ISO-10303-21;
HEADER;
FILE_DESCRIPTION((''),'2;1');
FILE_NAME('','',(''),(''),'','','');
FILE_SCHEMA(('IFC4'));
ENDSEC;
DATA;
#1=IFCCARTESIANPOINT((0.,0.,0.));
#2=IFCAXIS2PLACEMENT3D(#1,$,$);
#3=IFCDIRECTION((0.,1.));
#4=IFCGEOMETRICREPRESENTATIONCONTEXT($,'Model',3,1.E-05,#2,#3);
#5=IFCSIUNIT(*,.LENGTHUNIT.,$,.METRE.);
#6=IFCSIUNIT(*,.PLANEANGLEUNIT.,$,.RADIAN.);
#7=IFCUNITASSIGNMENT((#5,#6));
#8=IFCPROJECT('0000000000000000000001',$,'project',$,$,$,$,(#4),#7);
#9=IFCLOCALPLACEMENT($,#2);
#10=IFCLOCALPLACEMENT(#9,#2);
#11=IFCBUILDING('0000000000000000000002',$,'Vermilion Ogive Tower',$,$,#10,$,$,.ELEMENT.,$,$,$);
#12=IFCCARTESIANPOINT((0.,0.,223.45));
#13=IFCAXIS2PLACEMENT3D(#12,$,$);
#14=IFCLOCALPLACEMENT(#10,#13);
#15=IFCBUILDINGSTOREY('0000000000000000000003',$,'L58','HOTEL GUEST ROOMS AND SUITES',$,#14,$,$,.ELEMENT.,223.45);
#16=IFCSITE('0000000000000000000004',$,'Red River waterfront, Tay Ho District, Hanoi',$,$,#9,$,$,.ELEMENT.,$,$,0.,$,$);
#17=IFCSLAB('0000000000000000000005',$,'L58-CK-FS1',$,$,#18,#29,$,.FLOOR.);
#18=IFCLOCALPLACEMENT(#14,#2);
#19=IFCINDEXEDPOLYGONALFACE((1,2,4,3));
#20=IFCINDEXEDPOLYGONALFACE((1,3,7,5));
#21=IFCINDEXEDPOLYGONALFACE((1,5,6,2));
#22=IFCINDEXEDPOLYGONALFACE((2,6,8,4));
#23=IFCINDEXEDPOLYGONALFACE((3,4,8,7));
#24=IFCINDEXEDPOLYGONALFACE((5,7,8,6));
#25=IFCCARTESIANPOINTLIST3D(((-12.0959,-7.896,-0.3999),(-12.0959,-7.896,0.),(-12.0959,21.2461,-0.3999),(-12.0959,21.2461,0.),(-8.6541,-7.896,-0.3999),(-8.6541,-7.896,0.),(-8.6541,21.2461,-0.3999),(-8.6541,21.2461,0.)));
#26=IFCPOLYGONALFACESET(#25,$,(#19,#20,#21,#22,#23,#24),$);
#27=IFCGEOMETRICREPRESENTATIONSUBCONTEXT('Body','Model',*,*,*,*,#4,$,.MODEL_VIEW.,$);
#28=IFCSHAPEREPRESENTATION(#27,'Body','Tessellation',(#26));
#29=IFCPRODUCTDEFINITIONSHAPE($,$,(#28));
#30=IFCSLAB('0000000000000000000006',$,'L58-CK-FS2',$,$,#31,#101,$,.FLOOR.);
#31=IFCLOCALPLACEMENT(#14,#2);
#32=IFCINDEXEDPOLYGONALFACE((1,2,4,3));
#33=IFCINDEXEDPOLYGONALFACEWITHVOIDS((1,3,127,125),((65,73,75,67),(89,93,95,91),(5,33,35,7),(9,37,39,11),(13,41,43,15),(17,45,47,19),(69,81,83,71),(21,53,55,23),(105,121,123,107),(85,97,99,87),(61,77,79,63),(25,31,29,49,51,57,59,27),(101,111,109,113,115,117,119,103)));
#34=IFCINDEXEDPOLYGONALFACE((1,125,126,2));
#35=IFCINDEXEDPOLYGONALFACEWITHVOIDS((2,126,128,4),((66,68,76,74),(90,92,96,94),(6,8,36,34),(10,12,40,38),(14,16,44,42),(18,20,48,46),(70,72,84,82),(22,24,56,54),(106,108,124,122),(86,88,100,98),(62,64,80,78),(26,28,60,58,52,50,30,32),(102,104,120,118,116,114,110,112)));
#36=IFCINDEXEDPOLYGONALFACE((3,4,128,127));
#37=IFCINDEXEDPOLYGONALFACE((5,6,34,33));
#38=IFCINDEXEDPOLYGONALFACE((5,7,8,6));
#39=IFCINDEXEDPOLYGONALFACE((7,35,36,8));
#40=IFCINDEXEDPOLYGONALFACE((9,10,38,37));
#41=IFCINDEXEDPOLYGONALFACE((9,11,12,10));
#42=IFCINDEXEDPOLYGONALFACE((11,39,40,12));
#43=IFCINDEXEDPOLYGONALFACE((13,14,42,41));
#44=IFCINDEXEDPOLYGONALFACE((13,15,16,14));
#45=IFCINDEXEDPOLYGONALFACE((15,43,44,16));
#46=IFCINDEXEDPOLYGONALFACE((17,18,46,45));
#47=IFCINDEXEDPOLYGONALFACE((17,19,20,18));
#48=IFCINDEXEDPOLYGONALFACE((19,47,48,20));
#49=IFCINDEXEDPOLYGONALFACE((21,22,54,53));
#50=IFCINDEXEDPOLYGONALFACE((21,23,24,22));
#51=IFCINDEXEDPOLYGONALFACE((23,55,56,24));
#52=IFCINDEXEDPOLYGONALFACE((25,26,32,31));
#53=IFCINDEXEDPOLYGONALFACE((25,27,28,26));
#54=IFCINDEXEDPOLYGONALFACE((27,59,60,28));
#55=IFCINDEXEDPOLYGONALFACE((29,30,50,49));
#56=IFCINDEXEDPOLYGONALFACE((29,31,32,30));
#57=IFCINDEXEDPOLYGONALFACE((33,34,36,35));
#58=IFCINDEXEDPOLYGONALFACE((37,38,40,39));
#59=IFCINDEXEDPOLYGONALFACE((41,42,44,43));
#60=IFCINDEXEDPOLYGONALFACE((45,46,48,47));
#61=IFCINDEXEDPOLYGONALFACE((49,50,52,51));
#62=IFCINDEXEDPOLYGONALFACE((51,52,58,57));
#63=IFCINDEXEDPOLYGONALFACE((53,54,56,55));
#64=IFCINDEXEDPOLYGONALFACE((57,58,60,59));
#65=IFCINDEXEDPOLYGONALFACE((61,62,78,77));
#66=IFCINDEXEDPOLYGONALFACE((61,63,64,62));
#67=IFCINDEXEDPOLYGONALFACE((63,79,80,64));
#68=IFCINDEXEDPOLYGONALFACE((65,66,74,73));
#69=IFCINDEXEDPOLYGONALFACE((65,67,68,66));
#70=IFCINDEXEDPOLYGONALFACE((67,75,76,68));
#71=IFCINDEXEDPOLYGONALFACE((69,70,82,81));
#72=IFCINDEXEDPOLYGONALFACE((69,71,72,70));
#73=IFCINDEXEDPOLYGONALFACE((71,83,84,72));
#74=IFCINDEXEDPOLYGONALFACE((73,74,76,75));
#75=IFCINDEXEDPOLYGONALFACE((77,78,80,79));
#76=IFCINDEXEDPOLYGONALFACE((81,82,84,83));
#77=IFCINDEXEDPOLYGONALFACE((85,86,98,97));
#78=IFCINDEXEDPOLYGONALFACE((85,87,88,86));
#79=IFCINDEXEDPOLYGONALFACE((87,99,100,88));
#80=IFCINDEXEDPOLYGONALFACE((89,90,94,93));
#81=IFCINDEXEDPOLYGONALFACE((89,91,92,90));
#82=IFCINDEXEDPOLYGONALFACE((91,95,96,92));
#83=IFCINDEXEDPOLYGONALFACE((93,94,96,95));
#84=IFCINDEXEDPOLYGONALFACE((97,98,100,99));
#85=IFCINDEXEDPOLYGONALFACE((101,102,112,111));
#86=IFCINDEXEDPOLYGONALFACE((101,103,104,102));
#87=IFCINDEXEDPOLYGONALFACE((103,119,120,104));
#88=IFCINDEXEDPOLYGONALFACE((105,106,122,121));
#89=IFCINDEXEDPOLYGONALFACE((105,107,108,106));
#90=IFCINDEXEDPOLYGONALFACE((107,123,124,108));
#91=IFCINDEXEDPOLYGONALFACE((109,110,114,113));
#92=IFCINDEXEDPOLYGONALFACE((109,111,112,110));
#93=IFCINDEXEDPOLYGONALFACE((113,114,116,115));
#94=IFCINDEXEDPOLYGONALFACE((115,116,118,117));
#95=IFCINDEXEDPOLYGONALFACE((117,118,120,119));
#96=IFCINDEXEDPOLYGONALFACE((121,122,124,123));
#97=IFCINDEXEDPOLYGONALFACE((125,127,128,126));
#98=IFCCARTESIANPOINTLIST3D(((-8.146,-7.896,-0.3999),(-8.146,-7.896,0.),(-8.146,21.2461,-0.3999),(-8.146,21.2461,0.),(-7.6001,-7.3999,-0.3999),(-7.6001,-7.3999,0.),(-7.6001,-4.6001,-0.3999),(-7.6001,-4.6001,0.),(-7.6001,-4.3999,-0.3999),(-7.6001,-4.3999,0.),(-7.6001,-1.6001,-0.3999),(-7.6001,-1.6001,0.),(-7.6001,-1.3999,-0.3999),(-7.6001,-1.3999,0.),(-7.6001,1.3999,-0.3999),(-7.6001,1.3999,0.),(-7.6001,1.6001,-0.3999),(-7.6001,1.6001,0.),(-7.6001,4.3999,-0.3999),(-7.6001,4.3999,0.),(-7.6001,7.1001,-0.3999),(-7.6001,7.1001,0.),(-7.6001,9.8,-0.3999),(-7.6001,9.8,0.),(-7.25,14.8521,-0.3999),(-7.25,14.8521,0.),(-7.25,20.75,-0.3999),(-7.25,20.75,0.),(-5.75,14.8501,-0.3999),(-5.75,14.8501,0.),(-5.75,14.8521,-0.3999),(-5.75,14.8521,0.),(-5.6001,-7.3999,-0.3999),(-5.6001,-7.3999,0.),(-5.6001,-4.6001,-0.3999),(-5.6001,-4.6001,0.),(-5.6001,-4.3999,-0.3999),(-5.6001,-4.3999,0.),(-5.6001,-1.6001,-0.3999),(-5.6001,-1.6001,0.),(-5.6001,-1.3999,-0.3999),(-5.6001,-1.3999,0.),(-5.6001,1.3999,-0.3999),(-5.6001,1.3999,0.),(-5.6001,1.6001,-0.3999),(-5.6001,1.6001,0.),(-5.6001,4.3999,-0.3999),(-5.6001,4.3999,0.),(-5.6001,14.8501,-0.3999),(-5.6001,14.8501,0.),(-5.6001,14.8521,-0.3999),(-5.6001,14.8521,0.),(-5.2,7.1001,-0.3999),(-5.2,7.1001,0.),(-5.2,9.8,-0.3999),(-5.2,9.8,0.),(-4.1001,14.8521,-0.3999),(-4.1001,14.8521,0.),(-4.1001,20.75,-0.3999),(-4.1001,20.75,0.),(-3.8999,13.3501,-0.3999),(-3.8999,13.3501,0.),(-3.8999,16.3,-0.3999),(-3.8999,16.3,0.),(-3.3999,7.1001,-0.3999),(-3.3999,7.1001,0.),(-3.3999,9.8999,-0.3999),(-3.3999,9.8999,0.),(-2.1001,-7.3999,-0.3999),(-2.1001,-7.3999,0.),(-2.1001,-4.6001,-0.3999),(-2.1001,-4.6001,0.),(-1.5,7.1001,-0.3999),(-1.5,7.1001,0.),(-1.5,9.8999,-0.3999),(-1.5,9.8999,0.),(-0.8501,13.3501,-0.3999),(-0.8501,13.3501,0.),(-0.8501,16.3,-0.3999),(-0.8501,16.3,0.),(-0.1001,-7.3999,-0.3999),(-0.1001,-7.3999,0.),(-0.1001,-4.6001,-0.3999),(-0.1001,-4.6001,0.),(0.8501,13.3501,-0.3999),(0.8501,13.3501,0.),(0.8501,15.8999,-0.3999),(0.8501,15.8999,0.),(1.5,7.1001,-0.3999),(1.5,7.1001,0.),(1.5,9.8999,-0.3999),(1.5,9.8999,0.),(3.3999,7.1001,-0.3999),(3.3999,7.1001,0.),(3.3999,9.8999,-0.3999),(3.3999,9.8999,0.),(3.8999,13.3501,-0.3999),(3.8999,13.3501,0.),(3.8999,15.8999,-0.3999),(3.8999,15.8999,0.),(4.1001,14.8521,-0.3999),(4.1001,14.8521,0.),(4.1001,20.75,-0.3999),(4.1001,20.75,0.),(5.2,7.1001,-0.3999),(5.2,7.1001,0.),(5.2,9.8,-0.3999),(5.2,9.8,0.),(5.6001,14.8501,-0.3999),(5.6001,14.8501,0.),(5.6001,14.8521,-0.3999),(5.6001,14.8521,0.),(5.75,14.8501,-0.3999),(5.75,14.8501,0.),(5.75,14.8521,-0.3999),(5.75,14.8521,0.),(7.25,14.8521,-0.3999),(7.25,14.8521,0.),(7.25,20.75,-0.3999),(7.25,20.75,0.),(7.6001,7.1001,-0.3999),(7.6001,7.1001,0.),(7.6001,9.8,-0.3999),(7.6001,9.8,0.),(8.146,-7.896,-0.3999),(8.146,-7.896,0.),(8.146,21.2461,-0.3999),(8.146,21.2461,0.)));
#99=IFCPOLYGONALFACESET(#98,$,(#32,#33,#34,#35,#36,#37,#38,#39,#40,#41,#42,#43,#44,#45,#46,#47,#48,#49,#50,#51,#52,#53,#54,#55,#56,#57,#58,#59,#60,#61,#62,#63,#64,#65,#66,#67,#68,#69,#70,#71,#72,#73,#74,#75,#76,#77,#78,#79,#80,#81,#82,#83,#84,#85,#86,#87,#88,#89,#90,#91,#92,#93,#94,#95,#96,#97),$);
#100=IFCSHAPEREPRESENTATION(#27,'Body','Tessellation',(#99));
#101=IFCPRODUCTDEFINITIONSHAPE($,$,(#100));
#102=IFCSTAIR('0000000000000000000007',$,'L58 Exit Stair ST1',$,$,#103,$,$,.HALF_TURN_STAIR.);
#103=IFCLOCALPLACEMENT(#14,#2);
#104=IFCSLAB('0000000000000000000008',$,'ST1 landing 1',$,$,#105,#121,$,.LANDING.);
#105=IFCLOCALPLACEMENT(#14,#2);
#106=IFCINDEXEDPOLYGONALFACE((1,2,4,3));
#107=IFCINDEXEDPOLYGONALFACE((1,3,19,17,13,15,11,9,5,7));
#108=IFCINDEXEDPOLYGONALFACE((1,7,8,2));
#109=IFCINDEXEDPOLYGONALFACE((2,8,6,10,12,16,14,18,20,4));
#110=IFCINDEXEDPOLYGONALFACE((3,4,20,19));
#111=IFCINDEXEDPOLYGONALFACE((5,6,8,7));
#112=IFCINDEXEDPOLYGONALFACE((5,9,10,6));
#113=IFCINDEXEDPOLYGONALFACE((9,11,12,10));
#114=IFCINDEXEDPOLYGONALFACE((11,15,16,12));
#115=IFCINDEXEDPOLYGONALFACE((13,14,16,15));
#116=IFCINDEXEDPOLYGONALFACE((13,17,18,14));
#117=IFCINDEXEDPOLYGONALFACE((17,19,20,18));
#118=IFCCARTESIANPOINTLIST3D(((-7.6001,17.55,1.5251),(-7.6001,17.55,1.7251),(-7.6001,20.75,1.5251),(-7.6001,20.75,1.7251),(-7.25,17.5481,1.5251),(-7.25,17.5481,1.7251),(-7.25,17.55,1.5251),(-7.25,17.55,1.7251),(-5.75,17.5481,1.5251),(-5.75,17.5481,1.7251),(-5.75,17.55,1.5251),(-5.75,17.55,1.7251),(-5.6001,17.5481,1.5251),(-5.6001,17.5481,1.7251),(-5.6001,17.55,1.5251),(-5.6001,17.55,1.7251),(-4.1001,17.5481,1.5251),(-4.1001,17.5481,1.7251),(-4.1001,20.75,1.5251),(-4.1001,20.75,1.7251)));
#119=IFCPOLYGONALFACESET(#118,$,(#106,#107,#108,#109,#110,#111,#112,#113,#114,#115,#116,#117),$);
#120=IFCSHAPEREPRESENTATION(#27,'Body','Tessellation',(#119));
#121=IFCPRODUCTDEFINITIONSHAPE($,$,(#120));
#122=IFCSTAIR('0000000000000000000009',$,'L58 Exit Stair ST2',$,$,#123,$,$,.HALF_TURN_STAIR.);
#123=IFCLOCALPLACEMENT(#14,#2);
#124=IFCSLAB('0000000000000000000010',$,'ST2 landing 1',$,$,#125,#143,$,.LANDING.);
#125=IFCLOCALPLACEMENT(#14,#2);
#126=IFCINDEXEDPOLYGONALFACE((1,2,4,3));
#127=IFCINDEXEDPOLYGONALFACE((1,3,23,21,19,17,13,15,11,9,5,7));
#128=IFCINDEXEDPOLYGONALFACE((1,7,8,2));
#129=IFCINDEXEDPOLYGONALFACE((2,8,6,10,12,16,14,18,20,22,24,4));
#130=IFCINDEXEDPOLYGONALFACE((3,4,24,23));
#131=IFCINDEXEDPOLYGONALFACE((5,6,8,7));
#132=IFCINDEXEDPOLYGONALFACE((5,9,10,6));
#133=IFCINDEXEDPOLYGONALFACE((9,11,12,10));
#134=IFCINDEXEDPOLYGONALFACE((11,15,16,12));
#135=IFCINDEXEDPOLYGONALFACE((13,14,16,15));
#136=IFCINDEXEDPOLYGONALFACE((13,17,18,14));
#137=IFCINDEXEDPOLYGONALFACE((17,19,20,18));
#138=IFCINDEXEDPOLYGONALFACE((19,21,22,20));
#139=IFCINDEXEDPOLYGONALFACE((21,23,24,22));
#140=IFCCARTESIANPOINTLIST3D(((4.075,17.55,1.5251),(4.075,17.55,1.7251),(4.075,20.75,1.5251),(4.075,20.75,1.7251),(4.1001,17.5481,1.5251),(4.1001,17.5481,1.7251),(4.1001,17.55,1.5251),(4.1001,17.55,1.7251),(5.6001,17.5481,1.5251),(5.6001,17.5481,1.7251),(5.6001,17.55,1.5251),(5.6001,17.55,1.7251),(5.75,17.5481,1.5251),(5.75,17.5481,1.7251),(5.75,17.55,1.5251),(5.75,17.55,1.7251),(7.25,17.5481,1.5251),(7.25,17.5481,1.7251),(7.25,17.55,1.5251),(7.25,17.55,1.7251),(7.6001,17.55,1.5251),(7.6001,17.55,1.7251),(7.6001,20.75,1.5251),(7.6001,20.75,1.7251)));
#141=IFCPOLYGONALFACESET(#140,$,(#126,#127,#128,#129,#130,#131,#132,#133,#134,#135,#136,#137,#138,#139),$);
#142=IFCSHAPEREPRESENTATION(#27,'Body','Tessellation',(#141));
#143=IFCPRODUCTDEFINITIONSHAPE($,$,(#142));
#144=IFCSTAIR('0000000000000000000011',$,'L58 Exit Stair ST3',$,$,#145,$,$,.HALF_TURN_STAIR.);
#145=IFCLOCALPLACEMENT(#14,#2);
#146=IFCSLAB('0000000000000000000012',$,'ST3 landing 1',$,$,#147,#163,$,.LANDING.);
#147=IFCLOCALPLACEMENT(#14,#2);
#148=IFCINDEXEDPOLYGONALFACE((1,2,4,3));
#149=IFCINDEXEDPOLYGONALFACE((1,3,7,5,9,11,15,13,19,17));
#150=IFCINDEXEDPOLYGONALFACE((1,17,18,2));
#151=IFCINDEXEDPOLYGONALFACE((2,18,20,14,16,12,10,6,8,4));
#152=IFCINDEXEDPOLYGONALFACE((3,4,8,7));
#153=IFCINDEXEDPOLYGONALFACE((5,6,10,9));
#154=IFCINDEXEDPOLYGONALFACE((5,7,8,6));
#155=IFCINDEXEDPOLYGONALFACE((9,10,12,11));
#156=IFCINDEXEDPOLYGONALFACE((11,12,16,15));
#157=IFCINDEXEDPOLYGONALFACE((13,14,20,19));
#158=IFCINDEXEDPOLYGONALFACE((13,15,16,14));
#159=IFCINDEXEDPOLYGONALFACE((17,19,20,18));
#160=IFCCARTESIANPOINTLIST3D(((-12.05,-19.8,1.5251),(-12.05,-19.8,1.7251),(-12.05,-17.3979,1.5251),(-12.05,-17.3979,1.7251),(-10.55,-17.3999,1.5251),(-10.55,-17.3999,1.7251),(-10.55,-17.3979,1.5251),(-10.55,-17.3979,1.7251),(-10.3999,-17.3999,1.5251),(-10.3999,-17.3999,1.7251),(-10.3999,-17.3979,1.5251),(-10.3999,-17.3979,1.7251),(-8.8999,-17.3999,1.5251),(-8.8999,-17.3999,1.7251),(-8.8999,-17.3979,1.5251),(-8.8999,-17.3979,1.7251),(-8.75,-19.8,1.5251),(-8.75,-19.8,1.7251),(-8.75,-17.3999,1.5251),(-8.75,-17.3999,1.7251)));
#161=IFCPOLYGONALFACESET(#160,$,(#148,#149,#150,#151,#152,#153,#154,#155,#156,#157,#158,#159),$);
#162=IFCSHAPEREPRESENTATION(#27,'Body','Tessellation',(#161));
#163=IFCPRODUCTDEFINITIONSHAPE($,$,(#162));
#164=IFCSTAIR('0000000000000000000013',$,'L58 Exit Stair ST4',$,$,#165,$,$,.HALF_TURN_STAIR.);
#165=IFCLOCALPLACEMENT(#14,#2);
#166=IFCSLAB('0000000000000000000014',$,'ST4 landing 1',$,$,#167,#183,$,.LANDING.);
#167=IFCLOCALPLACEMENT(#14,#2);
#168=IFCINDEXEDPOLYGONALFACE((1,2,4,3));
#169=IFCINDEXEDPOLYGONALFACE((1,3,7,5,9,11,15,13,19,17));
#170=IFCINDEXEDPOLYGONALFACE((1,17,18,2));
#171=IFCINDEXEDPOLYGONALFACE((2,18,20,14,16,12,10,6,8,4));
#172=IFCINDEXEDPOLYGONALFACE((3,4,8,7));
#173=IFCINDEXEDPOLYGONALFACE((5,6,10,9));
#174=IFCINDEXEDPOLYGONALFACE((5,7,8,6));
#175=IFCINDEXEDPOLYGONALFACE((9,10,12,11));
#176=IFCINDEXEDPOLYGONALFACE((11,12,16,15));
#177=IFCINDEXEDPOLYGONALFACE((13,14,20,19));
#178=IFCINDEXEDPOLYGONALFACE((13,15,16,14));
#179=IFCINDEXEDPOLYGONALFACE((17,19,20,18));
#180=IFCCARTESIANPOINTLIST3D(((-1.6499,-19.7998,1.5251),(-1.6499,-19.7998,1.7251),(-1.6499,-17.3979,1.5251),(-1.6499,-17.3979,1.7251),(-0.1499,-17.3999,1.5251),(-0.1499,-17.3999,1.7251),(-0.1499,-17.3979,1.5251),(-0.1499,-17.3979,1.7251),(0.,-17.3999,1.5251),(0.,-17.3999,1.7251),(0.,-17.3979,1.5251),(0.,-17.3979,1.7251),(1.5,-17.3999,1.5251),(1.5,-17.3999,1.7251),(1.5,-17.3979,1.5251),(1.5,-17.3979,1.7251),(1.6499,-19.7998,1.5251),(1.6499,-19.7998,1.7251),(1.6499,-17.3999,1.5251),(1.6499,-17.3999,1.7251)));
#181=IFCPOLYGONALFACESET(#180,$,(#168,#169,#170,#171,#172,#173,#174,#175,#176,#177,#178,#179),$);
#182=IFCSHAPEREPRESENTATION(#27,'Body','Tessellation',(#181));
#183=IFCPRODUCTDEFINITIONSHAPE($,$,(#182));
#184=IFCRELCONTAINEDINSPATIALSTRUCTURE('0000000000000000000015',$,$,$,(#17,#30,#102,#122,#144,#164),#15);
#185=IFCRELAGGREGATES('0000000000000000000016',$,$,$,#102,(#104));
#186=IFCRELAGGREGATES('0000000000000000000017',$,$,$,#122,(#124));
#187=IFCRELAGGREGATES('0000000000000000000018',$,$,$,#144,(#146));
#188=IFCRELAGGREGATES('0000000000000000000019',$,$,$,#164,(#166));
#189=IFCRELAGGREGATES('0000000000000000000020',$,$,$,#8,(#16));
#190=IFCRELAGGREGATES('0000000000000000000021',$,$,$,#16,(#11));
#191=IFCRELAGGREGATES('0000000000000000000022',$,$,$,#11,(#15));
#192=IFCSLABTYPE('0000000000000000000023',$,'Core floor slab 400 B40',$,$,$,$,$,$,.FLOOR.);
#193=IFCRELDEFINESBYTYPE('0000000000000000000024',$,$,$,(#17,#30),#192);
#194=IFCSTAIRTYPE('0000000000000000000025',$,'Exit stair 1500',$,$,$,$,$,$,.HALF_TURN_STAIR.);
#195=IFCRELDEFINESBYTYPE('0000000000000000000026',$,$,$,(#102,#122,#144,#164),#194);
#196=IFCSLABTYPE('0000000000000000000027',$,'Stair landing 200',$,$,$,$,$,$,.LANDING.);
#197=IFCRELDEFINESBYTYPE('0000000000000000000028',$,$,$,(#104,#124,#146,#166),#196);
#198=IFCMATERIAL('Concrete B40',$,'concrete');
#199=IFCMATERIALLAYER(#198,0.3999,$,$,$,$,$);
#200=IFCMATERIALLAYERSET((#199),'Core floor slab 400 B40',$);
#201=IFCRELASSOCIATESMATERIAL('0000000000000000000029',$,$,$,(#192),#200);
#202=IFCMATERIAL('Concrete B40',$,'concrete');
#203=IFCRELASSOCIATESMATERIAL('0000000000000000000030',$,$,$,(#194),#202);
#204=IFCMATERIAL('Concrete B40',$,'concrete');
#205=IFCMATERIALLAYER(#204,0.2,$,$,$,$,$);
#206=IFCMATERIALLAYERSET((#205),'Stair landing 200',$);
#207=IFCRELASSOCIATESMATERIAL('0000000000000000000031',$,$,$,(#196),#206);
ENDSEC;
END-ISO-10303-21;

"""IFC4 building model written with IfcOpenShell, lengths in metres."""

from ifc_helpers import new_model, si_unit, direction, frame, origin, place, context, subcontext, project, spatial, polyline, outline, extrude, material, layer, layer_set, type_object, element, aggregate, save


model = new_model("IFC4")

# Units and contexts
model_context = context("Model", 3, precision=1e-05, world=origin(), true_north=direction((0.0, 1.0)))
body_context = subcontext(model_context, "Body", "Model", "MODEL_VIEW")
ifc_project = project(units=[si_unit("LENGTHUNIT", "METRE"), si_unit("PLANEANGLEUNIT", "RADIAN")], contexts=[model_context])

# Site, building, storey
site_placement = place(None, origin())
site = spatial("IfcSite", under=ifc_project, at=site_placement, Name="Red River waterfront, Tay Ho District, Hanoi", CompositionType="ELEMENT", RefElevation=0.0)
building_placement = place(site_placement, origin())
building = spatial("IfcBuilding", under=site, at=building_placement, Name="Vermilion Ogive Tower", CompositionType="ELEMENT")
storey_placement = place(building_placement, frame((0.0, 0.0, 223.45)))
storey = spatial("IfcBuildingStorey", under=building, at=storey_placement, Name="L58", Description="HOTEL GUEST ROOMS AND SUITES", CompositionType="ELEMENT", Elevation=223.45)

# Slabs
ifc_material_1 = material(Name="Concrete B40", Category="concrete")
ifc_layer_1 = layer(ifc_material_1, 0.3999)
ifc_layer_set_1 = layer_set([ifc_layer_1], Name="Core floor slab 400 B40")
slab_type_1 = type_object("IfcSlabType", Name="Core floor slab 400 B40", PredefinedType="FLOOR", material=ifc_layer_set_1)
slab_1_placement = place(storey_placement, frame((0.0, 0.0, -0.3999)))
element("IfcSlab", 1, at=slab_1_placement, inside=storey, type_object=slab_type_1, Name="L58-CK-FS1", PredefinedType="FLOOR", context=body_context, shape_type="SweptSolid", body=[
    extrude(outline(polyline([(-8.6541, 21.2461), (-8.6541, -7.896), (-12.0959, -7.896), (-12.0959, 21.2461), (-8.6541, 21.2461)])), origin(), (0.0, 0.0, 1.0), 0.3999),
])
slab_2_placement = place(storey_placement, frame((0.0, 0.0, -0.3999)))
element("IfcSlab", 2, at=slab_2_placement, inside=storey, type_object=slab_type_1, Name="L58-CK-FS2", PredefinedType="FLOOR", context=body_context, shape_type="SweptSolid", body=[
    extrude(outline(polyline([(8.146, 21.2461), (-8.146, 21.2461), (-8.146, -7.896), (8.146, -7.896), (8.146, 21.2461)]), holes=[polyline([(-5.6001, -4.6001), (-5.6001, -7.3999), (-7.6001, -7.3999), (-7.6001, -4.6001), (-5.6001, -4.6001)]), polyline([(-5.6001, -1.6001), (-5.6001, -4.3999), (-7.6001, -4.3999), (-7.6001, -1.6001), (-5.6001, -1.6001)]), polyline([(-5.6001, 1.3999), (-5.6001, -1.3999), (-7.6001, -1.3999), (-7.6001, 1.3999), (-5.6001, 1.3999)]), polyline([(-5.6001, 4.3999), (-5.6001, 1.6001), (-7.6001, 1.6001), (-7.6001, 4.3999), (-5.6001, 4.3999)]), polyline([(-5.2, 9.8), (-5.2, 7.1001), (-7.6001, 7.1001), (-7.6001, 9.8), (-5.2, 9.8)]), polyline([(-1.5, 7.1001), (-3.3999, 7.1001), (-3.3999, 9.8999), (-1.5, 9.8999), (-1.5, 7.1001)]), polyline([(-7.25, 14.8521), (-7.25, 20.75), (-4.1001, 20.75), (-4.1001, 14.8521), (-5.6001, 14.8521), (-5.6001, 14.8501), (-5.75, 14.8501), (-5.75, 14.8521), (-7.25, 14.8521)]), polyline([(-0.1001, -4.6001), (-0.1001, -7.3999), (-2.1001, -7.3999), (-2.1001, -4.6001), (-0.1001, -4.6001)]), polyline([(7.6001, 9.8), (7.6001, 7.1001), (5.2, 7.1001), (5.2, 9.8), (7.6001, 9.8)]), polyline([(3.3999, 9.8999), (3.3999, 7.1001), (1.5, 7.1001), (1.5, 9.8999), (3.3999, 9.8999)]), polyline([(3.8999, 15.8999), (3.8999, 13.3501), (0.8501, 13.3501), (0.8501, 15.8999), (3.8999, 15.8999)]), polyline([(-0.8501, 13.3501), (-3.8999, 13.3501), (-3.8999, 16.3), (-0.8501, 16.3), (-0.8501, 13.3501)]), polyline([(5.75, 14.8501), (5.6001, 14.8501), (5.6001, 14.8521), (4.1001, 14.8521), (4.1001, 20.75), (7.25, 20.75), (7.25, 14.8521), (5.75, 14.8521), (5.75, 14.8501)])]), origin(), (0.0, 0.0, 1.0), 0.3999),
])

# Stairs, slabs
ifc_material_2 = material(Name="Concrete B40", Category="concrete")
stair_type = type_object("IfcStairType", Name="Exit stair 1500", PredefinedType="HALF_TURN_STAIR", material=ifc_material_2)
stair_1_placement = place(storey_placement, origin())
stair_1 = element("IfcStair", 3, at=stair_1_placement, inside=storey, type_object=stair_type, Name="L58 Exit Stair ST1", PredefinedType="HALF_TURN_STAIR")
ifc_material_3 = material(Name="Concrete B40", Category="concrete")
ifc_layer_2 = layer(ifc_material_3, 0.2)
ifc_layer_set_2 = layer_set([ifc_layer_2], Name="Stair landing 200")
slab_type_2 = type_object("IfcSlabType", Name="Stair landing 200", PredefinedType="LANDING", material=ifc_layer_set_2)
slab_3_placement = place(storey_placement, frame((0.0, 0.0, 1.5251)))
slab_3 = element("IfcSlab", 4, at=slab_3_placement, type_object=slab_type_2, Name="ST1 landing 1", PredefinedType="LANDING", context=body_context, shape_type="SweptSolid", body=[
    extrude(outline(polyline([(-7.6001, 17.55), (-7.25, 17.55), (-7.25, 17.5481), (-5.75, 17.5481), (-5.75, 17.55), (-5.6001, 17.55), (-5.6001, 17.5481), (-4.1001, 17.5481), (-4.1001, 20.75), (-7.6001, 20.75), (-7.6001, 17.55)])), origin(), (0.0, 0.0, 1.0), 0.2),
])
aggregate(stair_1, [slab_3])
stair_2_placement = place(storey_placement, origin())
stair_2 = element("IfcStair", 5, at=stair_2_placement, inside=storey, type_object=stair_type, Name="L58 Exit Stair ST2", PredefinedType="HALF_TURN_STAIR")
slab_4_placement = place(storey_placement, frame((0.0, 0.0, 1.5251)))
slab_4 = element("IfcSlab", 6, at=slab_4_placement, type_object=slab_type_2, Name="ST2 landing 1", PredefinedType="LANDING", context=body_context, shape_type="SweptSolid", body=[
    extrude(outline(polyline([(5.6001, 17.55), (5.75, 17.55), (5.75, 17.5481), (7.25, 17.5481), (7.25, 17.55), (7.6001, 17.55), (7.6001, 20.75), (4.075, 20.75), (4.075, 17.55), (4.1001, 17.55), (4.1001, 17.5481), (5.6001, 17.5481), (5.6001, 17.55)])), origin(), (0.0, 0.0, 1.0), 0.2),
])
aggregate(stair_2, [slab_4])
stair_3_placement = place(storey_placement, origin())
stair_3 = element("IfcStair", 7, at=stair_3_placement, inside=storey, type_object=stair_type, Name="L58 Exit Stair ST3", PredefinedType="HALF_TURN_STAIR")
slab_5_placement = place(storey_placement, frame((0.0, 0.0, 1.5251)))
slab_5 = element("IfcSlab", 8, at=slab_5_placement, type_object=slab_type_2, Name="ST3 landing 1", PredefinedType="LANDING", context=body_context, shape_type="SweptSolid", body=[
    extrude(outline(polyline([(-8.75, -17.3999), (-8.8999, -17.3999), (-8.8999, -17.3979), (-10.3999, -17.3979), (-10.3999, -17.3999), (-10.55, -17.3999), (-10.55, -17.3979), (-12.05, -17.3979), (-12.05, -19.8), (-8.75, -19.8), (-8.75, -17.3999)])), origin(), (0.0, 0.0, 1.0), 0.2),
])
aggregate(stair_3, [slab_5])
stair_4_placement = place(storey_placement, origin())
stair_4 = element("IfcStair", 9, at=stair_4_placement, inside=storey, type_object=stair_type, Name="L58 Exit Stair ST4", PredefinedType="HALF_TURN_STAIR")
slab_6_placement = place(storey_placement, frame((0.0, 0.0, 1.5251)))
slab_6 = element("IfcSlab", 10, at=slab_6_placement, type_object=slab_type_2, Name="ST4 landing 1", PredefinedType="LANDING", context=body_context, shape_type="SweptSolid", body=[
    extrude(outline(polyline([(1.6499, -17.3999), (1.5, -17.3999), (1.5, -17.3979), (0.0, -17.3979), (0.0, -17.3999), (-0.1499, -17.3999), (-0.1499, -17.3979), (-1.6499, -17.3979), (-1.6499, -19.7998), (1.6499, -19.7998), (1.6499, -17.3999)])), origin(), (0.0, 0.0, 1.0), 0.2),
])
aggregate(stair_4, [slab_6])

save(model, "model.ifc")
